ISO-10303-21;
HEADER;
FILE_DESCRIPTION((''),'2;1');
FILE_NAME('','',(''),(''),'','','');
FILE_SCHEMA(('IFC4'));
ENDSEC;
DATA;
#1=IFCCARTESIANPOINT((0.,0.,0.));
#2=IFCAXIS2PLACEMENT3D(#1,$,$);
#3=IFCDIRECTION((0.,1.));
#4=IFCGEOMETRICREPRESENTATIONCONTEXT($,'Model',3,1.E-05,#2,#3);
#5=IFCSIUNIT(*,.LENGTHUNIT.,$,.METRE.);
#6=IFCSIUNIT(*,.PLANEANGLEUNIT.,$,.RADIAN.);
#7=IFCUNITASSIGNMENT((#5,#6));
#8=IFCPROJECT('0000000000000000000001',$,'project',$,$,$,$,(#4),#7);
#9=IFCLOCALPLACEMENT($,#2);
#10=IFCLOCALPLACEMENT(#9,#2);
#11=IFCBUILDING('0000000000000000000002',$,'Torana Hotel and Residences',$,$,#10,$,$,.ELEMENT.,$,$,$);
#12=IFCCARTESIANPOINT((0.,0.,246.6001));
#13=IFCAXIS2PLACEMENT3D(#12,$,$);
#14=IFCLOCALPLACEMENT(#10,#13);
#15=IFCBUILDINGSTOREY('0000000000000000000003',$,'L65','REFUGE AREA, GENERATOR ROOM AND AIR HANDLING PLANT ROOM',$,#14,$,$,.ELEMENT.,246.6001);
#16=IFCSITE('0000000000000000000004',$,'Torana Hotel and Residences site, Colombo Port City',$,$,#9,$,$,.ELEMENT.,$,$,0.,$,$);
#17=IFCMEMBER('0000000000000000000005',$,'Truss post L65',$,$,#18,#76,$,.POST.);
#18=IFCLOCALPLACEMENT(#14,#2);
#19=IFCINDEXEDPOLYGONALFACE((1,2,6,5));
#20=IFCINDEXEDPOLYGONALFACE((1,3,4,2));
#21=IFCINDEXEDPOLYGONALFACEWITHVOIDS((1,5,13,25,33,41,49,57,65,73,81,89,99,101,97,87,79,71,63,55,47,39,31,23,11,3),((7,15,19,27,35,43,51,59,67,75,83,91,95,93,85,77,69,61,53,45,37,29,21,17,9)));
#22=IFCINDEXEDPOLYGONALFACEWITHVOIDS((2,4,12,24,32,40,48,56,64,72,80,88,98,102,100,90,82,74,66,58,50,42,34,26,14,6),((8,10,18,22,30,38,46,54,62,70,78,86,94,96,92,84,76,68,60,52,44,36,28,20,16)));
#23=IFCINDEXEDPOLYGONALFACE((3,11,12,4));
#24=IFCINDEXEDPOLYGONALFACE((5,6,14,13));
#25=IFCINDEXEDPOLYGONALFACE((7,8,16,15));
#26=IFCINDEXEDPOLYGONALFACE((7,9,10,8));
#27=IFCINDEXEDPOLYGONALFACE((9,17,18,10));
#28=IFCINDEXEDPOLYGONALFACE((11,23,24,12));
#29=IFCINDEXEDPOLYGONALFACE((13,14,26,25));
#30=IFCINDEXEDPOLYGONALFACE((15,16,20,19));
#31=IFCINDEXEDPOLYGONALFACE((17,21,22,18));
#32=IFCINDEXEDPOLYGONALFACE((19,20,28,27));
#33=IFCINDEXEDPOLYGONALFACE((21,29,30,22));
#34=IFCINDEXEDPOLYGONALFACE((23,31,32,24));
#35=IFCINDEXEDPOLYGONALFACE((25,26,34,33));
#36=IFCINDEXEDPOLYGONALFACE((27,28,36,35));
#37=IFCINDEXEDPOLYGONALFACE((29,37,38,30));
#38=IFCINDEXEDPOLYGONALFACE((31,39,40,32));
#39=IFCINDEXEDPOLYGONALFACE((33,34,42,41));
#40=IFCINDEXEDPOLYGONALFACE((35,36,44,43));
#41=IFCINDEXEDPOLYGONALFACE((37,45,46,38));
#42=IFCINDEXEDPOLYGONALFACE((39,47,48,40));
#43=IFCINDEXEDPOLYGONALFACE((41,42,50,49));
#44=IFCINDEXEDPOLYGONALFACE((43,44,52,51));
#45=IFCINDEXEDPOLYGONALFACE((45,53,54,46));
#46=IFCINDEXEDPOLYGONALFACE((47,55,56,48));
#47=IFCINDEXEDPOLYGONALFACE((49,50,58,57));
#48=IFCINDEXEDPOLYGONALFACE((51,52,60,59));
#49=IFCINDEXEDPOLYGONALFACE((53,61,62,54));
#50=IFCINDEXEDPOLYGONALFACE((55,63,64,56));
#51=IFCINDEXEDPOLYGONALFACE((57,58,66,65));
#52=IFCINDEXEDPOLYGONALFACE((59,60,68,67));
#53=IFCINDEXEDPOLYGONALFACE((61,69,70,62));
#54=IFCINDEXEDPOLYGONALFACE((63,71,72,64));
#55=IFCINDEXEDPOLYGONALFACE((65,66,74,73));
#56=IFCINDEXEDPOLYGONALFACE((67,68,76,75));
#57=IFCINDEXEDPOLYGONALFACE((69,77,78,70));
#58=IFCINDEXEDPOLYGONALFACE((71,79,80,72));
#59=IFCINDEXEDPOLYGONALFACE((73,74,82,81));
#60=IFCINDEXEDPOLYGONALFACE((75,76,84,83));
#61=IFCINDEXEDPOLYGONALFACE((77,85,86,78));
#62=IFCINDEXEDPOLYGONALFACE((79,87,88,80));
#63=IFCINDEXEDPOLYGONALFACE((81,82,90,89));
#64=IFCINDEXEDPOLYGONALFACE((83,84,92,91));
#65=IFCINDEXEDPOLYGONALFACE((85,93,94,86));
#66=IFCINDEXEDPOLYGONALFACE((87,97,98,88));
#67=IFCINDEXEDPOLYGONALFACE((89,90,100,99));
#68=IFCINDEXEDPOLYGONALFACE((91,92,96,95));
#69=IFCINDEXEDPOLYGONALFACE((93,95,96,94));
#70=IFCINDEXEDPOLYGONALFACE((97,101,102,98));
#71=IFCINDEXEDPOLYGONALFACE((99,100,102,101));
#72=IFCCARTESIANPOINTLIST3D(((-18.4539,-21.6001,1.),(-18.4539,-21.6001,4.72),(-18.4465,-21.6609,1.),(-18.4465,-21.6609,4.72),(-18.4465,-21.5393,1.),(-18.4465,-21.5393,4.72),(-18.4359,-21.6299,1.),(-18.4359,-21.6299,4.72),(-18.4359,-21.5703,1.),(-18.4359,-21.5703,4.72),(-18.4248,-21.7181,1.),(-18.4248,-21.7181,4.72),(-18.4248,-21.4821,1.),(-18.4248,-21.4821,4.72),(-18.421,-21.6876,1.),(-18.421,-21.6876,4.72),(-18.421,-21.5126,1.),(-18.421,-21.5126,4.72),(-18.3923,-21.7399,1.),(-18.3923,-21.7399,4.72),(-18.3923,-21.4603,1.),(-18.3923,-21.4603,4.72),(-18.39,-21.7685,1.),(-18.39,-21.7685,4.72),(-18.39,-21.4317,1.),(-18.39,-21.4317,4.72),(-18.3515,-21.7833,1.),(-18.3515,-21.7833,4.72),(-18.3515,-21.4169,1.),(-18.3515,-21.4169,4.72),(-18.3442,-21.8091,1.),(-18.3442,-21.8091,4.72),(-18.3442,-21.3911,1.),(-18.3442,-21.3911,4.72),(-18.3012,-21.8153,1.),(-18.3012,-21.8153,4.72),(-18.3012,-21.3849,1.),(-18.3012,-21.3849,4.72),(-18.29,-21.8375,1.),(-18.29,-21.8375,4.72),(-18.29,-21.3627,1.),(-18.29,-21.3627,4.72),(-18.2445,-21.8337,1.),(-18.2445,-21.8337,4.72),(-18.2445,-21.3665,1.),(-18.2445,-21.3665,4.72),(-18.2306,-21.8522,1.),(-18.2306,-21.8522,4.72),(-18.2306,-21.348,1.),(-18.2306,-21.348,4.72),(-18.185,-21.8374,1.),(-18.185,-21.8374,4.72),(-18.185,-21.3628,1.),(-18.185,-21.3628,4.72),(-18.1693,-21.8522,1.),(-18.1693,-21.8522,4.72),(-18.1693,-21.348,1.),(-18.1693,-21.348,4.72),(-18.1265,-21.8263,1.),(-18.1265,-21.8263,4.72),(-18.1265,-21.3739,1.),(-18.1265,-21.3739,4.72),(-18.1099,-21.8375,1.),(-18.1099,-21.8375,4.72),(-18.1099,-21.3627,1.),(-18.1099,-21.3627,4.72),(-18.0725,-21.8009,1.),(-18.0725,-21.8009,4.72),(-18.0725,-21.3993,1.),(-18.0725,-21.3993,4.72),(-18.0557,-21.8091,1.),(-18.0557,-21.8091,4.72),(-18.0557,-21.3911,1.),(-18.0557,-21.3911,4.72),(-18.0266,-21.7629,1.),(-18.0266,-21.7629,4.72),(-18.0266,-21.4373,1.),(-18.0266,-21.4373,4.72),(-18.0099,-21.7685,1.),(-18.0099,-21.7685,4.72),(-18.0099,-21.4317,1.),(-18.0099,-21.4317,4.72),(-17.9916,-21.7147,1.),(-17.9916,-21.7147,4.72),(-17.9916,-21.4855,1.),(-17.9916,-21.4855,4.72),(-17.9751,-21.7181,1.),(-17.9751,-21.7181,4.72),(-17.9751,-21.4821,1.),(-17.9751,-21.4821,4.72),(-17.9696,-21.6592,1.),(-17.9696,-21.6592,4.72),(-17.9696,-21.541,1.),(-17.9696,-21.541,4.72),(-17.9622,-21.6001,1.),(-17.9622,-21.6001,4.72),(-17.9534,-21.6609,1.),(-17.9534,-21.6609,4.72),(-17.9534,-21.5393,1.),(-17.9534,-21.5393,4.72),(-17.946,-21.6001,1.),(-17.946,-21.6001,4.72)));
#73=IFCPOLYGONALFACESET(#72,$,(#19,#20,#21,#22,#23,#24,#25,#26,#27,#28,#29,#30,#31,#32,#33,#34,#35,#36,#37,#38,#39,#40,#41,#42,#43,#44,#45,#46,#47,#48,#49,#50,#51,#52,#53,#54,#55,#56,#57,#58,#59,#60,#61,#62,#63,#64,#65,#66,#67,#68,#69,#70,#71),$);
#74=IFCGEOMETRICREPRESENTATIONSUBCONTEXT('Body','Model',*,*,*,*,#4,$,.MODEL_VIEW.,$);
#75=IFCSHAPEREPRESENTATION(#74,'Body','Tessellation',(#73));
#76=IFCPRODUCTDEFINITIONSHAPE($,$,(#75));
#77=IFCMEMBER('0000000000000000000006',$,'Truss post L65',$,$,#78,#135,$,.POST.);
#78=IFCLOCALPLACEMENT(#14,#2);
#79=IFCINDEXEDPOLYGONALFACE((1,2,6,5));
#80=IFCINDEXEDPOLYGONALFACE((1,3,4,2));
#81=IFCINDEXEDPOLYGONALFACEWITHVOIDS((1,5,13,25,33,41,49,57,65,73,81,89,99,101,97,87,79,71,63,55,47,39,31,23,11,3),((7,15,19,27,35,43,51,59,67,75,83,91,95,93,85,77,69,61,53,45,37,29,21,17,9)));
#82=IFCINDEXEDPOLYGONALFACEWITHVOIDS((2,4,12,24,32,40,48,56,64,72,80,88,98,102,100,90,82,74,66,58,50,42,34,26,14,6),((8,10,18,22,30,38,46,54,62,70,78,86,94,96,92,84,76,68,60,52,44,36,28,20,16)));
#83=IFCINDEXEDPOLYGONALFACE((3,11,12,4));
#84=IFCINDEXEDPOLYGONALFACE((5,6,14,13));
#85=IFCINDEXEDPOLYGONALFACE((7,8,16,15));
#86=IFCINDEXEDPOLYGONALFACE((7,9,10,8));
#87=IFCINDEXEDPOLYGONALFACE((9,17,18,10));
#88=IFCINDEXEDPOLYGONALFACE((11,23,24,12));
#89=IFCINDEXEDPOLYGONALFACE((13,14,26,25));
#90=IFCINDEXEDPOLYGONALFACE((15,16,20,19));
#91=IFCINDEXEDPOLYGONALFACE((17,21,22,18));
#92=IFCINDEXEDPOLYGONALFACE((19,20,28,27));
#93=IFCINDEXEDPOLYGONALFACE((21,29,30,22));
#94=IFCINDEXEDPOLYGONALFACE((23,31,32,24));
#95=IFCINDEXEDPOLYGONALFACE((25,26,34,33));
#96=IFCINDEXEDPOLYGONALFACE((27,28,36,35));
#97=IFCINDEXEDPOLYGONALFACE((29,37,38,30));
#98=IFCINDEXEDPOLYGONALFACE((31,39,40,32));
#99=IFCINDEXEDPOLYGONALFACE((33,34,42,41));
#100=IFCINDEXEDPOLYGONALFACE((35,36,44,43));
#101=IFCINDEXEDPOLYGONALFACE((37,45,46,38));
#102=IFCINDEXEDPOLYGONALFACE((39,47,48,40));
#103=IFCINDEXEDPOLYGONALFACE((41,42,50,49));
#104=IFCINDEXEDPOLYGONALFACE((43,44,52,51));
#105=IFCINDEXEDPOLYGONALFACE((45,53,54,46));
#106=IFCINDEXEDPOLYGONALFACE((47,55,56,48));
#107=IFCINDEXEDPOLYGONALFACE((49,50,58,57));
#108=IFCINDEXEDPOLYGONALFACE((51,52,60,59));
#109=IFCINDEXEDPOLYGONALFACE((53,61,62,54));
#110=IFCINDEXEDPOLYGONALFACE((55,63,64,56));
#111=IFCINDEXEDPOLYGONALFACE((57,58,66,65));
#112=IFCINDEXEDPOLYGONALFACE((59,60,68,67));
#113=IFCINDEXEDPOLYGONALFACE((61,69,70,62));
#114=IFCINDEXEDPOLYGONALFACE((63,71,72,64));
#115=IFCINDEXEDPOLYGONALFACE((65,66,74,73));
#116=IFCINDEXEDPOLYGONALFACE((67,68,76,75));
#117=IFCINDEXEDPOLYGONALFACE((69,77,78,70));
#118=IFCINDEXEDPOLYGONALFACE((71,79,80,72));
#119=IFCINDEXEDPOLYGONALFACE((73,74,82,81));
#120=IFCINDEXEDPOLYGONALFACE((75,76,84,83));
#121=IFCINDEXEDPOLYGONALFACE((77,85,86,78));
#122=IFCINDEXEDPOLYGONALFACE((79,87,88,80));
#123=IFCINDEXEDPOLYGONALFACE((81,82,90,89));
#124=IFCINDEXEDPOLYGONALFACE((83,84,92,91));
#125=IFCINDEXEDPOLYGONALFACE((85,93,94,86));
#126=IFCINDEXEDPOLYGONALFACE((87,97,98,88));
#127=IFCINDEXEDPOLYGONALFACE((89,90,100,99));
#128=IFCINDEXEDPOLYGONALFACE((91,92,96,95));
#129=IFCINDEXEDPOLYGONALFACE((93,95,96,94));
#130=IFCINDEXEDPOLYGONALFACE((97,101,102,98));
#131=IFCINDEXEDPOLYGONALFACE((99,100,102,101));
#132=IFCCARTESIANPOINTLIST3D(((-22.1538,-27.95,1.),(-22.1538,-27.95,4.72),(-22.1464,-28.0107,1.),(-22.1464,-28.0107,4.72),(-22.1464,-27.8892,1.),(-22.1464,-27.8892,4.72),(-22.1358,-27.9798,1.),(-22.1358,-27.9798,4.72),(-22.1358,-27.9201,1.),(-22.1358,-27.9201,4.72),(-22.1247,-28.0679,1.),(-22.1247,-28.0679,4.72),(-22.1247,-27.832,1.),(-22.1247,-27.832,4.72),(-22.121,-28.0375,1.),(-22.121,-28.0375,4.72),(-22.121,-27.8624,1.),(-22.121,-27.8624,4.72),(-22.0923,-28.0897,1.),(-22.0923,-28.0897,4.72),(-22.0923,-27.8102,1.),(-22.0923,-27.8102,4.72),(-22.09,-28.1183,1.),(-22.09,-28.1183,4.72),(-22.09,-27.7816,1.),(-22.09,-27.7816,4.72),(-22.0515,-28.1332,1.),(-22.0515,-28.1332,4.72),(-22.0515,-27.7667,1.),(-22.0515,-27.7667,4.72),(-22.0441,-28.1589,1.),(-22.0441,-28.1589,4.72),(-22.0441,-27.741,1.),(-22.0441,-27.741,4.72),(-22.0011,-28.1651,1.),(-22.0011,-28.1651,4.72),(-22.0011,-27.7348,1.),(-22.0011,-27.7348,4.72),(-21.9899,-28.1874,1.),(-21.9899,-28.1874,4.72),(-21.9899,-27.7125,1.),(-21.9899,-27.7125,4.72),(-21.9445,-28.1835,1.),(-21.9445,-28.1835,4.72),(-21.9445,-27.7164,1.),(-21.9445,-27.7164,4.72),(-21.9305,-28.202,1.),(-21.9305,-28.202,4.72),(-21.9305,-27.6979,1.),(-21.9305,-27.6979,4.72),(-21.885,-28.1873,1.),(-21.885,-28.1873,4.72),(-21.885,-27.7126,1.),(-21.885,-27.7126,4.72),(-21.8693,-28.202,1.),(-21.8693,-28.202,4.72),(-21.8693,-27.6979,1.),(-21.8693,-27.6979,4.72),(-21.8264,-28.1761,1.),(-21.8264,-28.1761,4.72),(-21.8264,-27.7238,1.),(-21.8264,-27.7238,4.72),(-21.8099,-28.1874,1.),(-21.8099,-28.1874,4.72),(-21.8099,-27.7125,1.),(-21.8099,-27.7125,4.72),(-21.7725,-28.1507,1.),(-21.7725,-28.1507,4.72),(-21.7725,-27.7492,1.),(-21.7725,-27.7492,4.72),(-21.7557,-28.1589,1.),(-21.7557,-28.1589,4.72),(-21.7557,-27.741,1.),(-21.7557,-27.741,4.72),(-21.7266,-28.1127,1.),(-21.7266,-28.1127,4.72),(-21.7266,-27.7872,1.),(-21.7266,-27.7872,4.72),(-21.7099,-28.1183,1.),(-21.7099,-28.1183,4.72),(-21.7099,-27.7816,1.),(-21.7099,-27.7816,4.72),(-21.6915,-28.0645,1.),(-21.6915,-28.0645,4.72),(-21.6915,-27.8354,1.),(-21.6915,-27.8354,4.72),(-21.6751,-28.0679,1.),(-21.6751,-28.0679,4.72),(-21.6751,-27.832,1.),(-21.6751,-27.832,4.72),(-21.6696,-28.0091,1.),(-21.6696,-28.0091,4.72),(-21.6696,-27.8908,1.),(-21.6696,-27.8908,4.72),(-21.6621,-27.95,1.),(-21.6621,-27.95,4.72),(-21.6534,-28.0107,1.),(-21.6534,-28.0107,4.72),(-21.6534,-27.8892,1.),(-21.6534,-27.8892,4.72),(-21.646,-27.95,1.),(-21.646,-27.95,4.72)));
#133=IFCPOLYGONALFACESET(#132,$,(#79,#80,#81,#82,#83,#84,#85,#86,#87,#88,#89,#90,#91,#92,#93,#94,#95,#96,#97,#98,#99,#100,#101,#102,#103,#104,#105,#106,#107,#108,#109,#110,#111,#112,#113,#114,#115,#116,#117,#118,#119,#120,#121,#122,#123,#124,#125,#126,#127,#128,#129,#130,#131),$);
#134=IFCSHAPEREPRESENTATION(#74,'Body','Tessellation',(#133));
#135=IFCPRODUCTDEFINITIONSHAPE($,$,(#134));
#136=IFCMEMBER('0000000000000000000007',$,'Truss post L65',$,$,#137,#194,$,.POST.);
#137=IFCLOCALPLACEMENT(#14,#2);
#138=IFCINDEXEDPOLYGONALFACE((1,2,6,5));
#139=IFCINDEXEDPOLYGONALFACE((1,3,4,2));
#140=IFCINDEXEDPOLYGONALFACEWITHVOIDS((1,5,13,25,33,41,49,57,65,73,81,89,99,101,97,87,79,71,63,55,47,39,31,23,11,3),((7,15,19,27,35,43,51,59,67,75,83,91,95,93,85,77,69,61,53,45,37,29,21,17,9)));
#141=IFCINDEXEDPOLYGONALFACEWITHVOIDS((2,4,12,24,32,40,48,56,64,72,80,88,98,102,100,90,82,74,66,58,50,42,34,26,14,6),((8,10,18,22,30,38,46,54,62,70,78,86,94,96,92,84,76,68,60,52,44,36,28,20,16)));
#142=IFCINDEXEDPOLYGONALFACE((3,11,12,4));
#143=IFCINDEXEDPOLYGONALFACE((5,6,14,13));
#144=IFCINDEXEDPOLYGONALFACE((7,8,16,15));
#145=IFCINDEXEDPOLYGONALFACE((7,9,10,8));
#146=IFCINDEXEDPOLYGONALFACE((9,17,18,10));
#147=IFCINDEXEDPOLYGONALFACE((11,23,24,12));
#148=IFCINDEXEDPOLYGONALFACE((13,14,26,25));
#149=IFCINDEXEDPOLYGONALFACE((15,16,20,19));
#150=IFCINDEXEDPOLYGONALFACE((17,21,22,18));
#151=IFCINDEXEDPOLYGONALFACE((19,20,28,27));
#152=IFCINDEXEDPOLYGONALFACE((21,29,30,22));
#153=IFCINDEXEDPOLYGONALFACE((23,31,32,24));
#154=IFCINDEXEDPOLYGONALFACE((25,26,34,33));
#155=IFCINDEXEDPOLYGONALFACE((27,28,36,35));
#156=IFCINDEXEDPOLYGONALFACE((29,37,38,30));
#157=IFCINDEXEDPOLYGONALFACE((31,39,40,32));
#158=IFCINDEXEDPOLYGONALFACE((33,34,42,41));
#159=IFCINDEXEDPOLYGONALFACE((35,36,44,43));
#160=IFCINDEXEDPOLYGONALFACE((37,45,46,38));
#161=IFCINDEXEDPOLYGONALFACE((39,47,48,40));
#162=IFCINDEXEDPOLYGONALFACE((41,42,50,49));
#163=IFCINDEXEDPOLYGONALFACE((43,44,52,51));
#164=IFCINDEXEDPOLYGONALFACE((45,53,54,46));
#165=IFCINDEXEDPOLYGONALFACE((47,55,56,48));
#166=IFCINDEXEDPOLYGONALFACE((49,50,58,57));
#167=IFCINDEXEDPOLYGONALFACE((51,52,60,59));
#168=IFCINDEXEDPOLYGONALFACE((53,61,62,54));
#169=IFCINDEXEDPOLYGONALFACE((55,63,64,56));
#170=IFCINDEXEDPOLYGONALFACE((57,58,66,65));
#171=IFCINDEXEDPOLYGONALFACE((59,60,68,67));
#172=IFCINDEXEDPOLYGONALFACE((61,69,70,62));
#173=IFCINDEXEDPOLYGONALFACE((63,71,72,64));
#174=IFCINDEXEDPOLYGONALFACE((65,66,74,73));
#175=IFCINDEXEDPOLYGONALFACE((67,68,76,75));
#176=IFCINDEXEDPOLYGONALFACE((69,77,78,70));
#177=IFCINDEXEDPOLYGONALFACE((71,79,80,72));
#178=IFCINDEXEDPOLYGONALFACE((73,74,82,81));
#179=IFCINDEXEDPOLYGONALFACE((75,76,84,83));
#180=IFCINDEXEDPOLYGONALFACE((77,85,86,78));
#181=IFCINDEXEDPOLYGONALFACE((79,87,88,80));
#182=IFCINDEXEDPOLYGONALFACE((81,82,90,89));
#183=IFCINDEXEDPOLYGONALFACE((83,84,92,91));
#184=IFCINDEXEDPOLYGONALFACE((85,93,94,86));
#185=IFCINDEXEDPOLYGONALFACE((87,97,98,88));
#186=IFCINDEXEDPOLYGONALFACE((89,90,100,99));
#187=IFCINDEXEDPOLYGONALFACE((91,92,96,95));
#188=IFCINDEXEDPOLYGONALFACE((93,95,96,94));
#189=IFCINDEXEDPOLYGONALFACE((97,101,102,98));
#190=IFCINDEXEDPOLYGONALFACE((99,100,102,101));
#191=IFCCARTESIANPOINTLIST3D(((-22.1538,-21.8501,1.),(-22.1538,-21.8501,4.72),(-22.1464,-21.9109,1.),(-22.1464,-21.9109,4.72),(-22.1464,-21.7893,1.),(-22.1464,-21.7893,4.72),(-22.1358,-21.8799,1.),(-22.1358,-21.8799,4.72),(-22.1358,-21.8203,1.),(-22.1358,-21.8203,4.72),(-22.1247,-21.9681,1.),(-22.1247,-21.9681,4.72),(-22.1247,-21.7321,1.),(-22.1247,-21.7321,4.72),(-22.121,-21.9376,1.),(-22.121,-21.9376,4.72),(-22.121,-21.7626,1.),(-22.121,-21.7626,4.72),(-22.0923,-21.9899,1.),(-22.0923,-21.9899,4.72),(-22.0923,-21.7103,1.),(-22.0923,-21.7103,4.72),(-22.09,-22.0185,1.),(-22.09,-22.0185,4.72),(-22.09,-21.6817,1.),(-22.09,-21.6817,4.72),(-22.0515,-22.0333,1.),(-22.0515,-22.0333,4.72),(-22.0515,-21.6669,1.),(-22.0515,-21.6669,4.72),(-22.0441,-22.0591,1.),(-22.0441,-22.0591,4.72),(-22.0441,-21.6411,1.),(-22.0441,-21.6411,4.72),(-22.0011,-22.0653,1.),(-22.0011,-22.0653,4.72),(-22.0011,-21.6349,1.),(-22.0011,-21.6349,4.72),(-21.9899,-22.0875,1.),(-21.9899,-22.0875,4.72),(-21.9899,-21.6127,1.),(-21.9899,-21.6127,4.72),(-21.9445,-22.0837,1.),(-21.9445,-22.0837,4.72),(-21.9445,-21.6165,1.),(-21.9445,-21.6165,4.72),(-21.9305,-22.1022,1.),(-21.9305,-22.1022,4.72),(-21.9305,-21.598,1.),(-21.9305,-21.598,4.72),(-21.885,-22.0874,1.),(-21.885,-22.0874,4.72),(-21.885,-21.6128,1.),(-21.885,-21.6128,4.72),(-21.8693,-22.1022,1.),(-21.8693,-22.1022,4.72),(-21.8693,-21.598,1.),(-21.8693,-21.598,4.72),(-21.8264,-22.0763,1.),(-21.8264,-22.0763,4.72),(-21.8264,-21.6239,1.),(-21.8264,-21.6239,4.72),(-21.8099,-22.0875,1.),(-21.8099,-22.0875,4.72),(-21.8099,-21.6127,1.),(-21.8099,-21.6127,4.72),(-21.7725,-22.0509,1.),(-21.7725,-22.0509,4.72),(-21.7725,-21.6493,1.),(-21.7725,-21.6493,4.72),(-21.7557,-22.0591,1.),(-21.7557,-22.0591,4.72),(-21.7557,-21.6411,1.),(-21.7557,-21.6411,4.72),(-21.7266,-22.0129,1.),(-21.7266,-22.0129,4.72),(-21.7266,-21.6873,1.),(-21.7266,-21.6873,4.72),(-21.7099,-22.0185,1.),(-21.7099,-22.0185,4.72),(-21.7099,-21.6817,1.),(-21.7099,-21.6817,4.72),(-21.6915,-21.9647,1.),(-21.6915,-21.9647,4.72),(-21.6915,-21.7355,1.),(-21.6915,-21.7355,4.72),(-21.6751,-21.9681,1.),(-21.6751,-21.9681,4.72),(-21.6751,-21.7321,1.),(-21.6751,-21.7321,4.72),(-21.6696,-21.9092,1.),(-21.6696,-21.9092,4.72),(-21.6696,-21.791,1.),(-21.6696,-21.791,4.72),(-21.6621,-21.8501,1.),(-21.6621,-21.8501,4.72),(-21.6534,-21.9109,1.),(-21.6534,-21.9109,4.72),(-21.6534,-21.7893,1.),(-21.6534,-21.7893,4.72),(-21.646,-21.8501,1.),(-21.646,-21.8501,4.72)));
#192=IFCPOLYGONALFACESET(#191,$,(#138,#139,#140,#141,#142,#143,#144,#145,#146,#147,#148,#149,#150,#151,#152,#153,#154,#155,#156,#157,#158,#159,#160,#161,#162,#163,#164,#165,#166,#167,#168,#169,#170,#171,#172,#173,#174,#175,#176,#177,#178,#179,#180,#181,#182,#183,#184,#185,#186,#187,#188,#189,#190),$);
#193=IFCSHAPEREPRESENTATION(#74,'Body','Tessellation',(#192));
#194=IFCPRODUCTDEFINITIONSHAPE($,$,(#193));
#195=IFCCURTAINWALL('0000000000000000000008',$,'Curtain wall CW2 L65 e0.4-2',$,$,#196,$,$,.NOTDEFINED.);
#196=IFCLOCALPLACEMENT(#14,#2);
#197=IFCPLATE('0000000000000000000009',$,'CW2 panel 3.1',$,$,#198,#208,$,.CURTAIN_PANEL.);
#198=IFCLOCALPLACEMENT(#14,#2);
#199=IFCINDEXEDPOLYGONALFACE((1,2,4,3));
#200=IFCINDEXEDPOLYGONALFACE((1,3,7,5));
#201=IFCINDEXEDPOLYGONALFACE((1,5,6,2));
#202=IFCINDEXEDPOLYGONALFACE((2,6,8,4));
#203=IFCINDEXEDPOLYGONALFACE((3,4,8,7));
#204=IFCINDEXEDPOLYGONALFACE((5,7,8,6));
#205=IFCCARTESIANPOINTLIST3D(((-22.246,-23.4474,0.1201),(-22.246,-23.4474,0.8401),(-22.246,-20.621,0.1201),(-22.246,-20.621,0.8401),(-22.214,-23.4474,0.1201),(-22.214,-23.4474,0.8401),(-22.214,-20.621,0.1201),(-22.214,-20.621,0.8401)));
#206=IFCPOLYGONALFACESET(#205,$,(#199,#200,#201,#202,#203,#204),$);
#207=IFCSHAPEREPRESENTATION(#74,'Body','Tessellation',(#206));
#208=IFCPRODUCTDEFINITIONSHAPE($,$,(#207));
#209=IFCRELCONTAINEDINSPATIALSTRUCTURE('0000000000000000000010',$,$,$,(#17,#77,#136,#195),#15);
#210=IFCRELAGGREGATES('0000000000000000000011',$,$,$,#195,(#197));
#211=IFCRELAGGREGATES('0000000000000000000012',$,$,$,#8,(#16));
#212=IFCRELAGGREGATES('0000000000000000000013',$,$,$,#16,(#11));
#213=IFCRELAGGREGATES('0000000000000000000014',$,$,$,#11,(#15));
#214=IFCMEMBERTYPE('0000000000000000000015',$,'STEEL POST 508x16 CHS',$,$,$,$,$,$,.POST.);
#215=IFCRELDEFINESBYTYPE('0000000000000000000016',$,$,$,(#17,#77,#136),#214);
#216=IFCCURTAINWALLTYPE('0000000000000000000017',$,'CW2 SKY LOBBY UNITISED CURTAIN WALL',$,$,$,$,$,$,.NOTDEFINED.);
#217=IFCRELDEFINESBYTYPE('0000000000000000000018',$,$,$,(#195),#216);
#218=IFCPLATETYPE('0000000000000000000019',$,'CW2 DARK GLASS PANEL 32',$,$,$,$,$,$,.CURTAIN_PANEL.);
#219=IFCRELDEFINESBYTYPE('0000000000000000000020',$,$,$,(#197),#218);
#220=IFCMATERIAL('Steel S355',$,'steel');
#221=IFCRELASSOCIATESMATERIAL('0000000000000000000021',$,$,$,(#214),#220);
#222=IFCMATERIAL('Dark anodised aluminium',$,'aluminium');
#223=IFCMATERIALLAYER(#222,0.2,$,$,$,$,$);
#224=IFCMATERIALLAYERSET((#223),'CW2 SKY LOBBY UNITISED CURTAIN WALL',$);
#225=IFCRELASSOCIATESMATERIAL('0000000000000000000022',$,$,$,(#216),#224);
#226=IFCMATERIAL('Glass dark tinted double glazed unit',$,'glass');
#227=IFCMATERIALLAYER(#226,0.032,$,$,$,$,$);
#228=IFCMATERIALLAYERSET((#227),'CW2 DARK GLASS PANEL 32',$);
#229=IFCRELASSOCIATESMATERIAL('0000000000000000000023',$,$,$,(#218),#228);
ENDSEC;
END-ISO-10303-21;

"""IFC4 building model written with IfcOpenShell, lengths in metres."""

from ifc_helpers import new_model, si_unit, direction, frame, origin, origin_2d, place, context, subcontext, project, spatial, rectangle, hollow_circle, extrude, material, layer, layer_set, material_profile, profile_set, type_object, element, aggregate, save


model = new_model("IFC4")

# Units and contexts
model_context = context("Model", 3, precision=1e-05, world=origin(), true_north=direction((0.0, 1.0)))
body_context = subcontext(model_context, "Body", "Model", "MODEL_VIEW")
ifc_project = project(units=[si_unit("LENGTHUNIT", "METRE"), si_unit("PLANEANGLEUNIT", "RADIAN")], contexts=[model_context])

# Site, building, storey
site_placement = place(None, origin())
site = spatial("IfcSite", under=ifc_project, at=site_placement, Name="Torana Hotel and Residences site, Colombo Port City", CompositionType="ELEMENT", RefElevation=0.0)
building_placement = place(site_placement, origin())
building = spatial("IfcBuilding", under=site, at=building_placement, Name="Torana Hotel and Residences", CompositionType="ELEMENT")
storey_placement = place(building_placement, frame((0.0, 0.0, 246.6001)))
storey = spatial("IfcBuildingStorey", under=building, at=storey_placement, Name="L65", Description="REFUGE AREA, GENERATOR ROOM AND AIR HANDLING PLANT ROOM", CompositionType="ELEMENT", Elevation=246.6001)

# Members
ifc_material_1 = material(Name="Steel S355", Category="steel")
ifc_material_profile_1 = material_profile(ifc_material_1, hollow_circle(Radius=0.2539, WallThickness=0.0161, at=origin_2d()), Name="508x16 CHS")
ifc_profile_set_1 = profile_set([ifc_material_profile_1], Name="Steel S355")
member_type_1 = type_object("IfcMemberType", Name="STEEL POST 508x16 CHS", PredefinedType="POST", material=ifc_profile_set_1)
for number, where, z_axis, x_axis, name in (
    (1, (-18.2, -21.6001, 1.0), (0.0, 0.0, 1.0), (1.0, 0.0, 0.0), "Truss post L65"),
    (2, (-21.8999, -27.95, 1.0), (0.0, 0.0, 1.0), (1.0, 0.0, 0.0), "Truss post L65"),
    (3, (-21.8999, -21.8501, 1.0), (0.0, 0.0, 1.0), (1.0, 0.0, 0.0), "Truss post L65"),
):
    element("IfcMember", number, at=place(storey_placement, frame(where, z_axis=z_axis, x_axis=x_axis)), inside=storey, type_object=member_type_1, Name=name, PredefinedType="POST", context=body_context, shape_type="SweptSolid", body=[
        extrude(hollow_circle(Radius=0.2539, WallThickness=0.0161, at=origin_2d()), origin(), (0.0, 0.0, 1.0), 3.72),
    ])

# Curtain wall, plate
ifc_material_2 = material(Name="Dark anodised aluminium", Category="aluminium")
ifc_layer_1 = layer(ifc_material_2, 0.2)
ifc_layer_set_1 = layer_set([ifc_layer_1], Name="CW2 SKY LOBBY UNITISED CURTAIN WALL")
curtain_wall_type = type_object("IfcCurtainWallType", Name="CW2 SKY LOBBY UNITISED CURTAIN WALL", PredefinedType="NOTDEFINED", material=ifc_layer_set_1)
curtain_wall_placement = place(storey_placement, origin())
curtain_wall = element("IfcCurtainWall", 4, at=curtain_wall_placement, inside=storey, type_object=curtain_wall_type, Name="Curtain wall CW2 L65 e0.4-2", PredefinedType="NOTDEFINED")
ifc_material_3 = material(Name="Glass dark tinted double glazed unit", Category="glass")
ifc_layer_2 = layer(ifc_material_3, 0.032)
ifc_layer_set_2 = layer_set([ifc_layer_2], Name="CW2 DARK GLASS PANEL 32")
plate_type = type_object("IfcPlateType", Name="CW2 DARK GLASS PANEL 32", PredefinedType="CURTAIN_PANEL", material=ifc_layer_set_2)
plate_1_placement = place(storey_placement, frame((-22.23, -22.0342, 0.1201), z_axis=(0.0, 0.0, 1.0), x_axis=(0.0, -1.0, 0.0)))
plate_1 = element("IfcPlate", 5, at=plate_1_placement, type_object=plate_type, Name="CW2 panel 3.1", PredefinedType="CURTAIN_PANEL", context=body_context, shape_type="SweptSolid", body=[
    extrude(rectangle(XDim=2.8264, YDim=0.032, at=origin_2d()), origin(), (0.0, 0.0, 1.0), 0.72),
])
aggregate(curtain_wall, [plate_1])

save(model, "model.ifc")
